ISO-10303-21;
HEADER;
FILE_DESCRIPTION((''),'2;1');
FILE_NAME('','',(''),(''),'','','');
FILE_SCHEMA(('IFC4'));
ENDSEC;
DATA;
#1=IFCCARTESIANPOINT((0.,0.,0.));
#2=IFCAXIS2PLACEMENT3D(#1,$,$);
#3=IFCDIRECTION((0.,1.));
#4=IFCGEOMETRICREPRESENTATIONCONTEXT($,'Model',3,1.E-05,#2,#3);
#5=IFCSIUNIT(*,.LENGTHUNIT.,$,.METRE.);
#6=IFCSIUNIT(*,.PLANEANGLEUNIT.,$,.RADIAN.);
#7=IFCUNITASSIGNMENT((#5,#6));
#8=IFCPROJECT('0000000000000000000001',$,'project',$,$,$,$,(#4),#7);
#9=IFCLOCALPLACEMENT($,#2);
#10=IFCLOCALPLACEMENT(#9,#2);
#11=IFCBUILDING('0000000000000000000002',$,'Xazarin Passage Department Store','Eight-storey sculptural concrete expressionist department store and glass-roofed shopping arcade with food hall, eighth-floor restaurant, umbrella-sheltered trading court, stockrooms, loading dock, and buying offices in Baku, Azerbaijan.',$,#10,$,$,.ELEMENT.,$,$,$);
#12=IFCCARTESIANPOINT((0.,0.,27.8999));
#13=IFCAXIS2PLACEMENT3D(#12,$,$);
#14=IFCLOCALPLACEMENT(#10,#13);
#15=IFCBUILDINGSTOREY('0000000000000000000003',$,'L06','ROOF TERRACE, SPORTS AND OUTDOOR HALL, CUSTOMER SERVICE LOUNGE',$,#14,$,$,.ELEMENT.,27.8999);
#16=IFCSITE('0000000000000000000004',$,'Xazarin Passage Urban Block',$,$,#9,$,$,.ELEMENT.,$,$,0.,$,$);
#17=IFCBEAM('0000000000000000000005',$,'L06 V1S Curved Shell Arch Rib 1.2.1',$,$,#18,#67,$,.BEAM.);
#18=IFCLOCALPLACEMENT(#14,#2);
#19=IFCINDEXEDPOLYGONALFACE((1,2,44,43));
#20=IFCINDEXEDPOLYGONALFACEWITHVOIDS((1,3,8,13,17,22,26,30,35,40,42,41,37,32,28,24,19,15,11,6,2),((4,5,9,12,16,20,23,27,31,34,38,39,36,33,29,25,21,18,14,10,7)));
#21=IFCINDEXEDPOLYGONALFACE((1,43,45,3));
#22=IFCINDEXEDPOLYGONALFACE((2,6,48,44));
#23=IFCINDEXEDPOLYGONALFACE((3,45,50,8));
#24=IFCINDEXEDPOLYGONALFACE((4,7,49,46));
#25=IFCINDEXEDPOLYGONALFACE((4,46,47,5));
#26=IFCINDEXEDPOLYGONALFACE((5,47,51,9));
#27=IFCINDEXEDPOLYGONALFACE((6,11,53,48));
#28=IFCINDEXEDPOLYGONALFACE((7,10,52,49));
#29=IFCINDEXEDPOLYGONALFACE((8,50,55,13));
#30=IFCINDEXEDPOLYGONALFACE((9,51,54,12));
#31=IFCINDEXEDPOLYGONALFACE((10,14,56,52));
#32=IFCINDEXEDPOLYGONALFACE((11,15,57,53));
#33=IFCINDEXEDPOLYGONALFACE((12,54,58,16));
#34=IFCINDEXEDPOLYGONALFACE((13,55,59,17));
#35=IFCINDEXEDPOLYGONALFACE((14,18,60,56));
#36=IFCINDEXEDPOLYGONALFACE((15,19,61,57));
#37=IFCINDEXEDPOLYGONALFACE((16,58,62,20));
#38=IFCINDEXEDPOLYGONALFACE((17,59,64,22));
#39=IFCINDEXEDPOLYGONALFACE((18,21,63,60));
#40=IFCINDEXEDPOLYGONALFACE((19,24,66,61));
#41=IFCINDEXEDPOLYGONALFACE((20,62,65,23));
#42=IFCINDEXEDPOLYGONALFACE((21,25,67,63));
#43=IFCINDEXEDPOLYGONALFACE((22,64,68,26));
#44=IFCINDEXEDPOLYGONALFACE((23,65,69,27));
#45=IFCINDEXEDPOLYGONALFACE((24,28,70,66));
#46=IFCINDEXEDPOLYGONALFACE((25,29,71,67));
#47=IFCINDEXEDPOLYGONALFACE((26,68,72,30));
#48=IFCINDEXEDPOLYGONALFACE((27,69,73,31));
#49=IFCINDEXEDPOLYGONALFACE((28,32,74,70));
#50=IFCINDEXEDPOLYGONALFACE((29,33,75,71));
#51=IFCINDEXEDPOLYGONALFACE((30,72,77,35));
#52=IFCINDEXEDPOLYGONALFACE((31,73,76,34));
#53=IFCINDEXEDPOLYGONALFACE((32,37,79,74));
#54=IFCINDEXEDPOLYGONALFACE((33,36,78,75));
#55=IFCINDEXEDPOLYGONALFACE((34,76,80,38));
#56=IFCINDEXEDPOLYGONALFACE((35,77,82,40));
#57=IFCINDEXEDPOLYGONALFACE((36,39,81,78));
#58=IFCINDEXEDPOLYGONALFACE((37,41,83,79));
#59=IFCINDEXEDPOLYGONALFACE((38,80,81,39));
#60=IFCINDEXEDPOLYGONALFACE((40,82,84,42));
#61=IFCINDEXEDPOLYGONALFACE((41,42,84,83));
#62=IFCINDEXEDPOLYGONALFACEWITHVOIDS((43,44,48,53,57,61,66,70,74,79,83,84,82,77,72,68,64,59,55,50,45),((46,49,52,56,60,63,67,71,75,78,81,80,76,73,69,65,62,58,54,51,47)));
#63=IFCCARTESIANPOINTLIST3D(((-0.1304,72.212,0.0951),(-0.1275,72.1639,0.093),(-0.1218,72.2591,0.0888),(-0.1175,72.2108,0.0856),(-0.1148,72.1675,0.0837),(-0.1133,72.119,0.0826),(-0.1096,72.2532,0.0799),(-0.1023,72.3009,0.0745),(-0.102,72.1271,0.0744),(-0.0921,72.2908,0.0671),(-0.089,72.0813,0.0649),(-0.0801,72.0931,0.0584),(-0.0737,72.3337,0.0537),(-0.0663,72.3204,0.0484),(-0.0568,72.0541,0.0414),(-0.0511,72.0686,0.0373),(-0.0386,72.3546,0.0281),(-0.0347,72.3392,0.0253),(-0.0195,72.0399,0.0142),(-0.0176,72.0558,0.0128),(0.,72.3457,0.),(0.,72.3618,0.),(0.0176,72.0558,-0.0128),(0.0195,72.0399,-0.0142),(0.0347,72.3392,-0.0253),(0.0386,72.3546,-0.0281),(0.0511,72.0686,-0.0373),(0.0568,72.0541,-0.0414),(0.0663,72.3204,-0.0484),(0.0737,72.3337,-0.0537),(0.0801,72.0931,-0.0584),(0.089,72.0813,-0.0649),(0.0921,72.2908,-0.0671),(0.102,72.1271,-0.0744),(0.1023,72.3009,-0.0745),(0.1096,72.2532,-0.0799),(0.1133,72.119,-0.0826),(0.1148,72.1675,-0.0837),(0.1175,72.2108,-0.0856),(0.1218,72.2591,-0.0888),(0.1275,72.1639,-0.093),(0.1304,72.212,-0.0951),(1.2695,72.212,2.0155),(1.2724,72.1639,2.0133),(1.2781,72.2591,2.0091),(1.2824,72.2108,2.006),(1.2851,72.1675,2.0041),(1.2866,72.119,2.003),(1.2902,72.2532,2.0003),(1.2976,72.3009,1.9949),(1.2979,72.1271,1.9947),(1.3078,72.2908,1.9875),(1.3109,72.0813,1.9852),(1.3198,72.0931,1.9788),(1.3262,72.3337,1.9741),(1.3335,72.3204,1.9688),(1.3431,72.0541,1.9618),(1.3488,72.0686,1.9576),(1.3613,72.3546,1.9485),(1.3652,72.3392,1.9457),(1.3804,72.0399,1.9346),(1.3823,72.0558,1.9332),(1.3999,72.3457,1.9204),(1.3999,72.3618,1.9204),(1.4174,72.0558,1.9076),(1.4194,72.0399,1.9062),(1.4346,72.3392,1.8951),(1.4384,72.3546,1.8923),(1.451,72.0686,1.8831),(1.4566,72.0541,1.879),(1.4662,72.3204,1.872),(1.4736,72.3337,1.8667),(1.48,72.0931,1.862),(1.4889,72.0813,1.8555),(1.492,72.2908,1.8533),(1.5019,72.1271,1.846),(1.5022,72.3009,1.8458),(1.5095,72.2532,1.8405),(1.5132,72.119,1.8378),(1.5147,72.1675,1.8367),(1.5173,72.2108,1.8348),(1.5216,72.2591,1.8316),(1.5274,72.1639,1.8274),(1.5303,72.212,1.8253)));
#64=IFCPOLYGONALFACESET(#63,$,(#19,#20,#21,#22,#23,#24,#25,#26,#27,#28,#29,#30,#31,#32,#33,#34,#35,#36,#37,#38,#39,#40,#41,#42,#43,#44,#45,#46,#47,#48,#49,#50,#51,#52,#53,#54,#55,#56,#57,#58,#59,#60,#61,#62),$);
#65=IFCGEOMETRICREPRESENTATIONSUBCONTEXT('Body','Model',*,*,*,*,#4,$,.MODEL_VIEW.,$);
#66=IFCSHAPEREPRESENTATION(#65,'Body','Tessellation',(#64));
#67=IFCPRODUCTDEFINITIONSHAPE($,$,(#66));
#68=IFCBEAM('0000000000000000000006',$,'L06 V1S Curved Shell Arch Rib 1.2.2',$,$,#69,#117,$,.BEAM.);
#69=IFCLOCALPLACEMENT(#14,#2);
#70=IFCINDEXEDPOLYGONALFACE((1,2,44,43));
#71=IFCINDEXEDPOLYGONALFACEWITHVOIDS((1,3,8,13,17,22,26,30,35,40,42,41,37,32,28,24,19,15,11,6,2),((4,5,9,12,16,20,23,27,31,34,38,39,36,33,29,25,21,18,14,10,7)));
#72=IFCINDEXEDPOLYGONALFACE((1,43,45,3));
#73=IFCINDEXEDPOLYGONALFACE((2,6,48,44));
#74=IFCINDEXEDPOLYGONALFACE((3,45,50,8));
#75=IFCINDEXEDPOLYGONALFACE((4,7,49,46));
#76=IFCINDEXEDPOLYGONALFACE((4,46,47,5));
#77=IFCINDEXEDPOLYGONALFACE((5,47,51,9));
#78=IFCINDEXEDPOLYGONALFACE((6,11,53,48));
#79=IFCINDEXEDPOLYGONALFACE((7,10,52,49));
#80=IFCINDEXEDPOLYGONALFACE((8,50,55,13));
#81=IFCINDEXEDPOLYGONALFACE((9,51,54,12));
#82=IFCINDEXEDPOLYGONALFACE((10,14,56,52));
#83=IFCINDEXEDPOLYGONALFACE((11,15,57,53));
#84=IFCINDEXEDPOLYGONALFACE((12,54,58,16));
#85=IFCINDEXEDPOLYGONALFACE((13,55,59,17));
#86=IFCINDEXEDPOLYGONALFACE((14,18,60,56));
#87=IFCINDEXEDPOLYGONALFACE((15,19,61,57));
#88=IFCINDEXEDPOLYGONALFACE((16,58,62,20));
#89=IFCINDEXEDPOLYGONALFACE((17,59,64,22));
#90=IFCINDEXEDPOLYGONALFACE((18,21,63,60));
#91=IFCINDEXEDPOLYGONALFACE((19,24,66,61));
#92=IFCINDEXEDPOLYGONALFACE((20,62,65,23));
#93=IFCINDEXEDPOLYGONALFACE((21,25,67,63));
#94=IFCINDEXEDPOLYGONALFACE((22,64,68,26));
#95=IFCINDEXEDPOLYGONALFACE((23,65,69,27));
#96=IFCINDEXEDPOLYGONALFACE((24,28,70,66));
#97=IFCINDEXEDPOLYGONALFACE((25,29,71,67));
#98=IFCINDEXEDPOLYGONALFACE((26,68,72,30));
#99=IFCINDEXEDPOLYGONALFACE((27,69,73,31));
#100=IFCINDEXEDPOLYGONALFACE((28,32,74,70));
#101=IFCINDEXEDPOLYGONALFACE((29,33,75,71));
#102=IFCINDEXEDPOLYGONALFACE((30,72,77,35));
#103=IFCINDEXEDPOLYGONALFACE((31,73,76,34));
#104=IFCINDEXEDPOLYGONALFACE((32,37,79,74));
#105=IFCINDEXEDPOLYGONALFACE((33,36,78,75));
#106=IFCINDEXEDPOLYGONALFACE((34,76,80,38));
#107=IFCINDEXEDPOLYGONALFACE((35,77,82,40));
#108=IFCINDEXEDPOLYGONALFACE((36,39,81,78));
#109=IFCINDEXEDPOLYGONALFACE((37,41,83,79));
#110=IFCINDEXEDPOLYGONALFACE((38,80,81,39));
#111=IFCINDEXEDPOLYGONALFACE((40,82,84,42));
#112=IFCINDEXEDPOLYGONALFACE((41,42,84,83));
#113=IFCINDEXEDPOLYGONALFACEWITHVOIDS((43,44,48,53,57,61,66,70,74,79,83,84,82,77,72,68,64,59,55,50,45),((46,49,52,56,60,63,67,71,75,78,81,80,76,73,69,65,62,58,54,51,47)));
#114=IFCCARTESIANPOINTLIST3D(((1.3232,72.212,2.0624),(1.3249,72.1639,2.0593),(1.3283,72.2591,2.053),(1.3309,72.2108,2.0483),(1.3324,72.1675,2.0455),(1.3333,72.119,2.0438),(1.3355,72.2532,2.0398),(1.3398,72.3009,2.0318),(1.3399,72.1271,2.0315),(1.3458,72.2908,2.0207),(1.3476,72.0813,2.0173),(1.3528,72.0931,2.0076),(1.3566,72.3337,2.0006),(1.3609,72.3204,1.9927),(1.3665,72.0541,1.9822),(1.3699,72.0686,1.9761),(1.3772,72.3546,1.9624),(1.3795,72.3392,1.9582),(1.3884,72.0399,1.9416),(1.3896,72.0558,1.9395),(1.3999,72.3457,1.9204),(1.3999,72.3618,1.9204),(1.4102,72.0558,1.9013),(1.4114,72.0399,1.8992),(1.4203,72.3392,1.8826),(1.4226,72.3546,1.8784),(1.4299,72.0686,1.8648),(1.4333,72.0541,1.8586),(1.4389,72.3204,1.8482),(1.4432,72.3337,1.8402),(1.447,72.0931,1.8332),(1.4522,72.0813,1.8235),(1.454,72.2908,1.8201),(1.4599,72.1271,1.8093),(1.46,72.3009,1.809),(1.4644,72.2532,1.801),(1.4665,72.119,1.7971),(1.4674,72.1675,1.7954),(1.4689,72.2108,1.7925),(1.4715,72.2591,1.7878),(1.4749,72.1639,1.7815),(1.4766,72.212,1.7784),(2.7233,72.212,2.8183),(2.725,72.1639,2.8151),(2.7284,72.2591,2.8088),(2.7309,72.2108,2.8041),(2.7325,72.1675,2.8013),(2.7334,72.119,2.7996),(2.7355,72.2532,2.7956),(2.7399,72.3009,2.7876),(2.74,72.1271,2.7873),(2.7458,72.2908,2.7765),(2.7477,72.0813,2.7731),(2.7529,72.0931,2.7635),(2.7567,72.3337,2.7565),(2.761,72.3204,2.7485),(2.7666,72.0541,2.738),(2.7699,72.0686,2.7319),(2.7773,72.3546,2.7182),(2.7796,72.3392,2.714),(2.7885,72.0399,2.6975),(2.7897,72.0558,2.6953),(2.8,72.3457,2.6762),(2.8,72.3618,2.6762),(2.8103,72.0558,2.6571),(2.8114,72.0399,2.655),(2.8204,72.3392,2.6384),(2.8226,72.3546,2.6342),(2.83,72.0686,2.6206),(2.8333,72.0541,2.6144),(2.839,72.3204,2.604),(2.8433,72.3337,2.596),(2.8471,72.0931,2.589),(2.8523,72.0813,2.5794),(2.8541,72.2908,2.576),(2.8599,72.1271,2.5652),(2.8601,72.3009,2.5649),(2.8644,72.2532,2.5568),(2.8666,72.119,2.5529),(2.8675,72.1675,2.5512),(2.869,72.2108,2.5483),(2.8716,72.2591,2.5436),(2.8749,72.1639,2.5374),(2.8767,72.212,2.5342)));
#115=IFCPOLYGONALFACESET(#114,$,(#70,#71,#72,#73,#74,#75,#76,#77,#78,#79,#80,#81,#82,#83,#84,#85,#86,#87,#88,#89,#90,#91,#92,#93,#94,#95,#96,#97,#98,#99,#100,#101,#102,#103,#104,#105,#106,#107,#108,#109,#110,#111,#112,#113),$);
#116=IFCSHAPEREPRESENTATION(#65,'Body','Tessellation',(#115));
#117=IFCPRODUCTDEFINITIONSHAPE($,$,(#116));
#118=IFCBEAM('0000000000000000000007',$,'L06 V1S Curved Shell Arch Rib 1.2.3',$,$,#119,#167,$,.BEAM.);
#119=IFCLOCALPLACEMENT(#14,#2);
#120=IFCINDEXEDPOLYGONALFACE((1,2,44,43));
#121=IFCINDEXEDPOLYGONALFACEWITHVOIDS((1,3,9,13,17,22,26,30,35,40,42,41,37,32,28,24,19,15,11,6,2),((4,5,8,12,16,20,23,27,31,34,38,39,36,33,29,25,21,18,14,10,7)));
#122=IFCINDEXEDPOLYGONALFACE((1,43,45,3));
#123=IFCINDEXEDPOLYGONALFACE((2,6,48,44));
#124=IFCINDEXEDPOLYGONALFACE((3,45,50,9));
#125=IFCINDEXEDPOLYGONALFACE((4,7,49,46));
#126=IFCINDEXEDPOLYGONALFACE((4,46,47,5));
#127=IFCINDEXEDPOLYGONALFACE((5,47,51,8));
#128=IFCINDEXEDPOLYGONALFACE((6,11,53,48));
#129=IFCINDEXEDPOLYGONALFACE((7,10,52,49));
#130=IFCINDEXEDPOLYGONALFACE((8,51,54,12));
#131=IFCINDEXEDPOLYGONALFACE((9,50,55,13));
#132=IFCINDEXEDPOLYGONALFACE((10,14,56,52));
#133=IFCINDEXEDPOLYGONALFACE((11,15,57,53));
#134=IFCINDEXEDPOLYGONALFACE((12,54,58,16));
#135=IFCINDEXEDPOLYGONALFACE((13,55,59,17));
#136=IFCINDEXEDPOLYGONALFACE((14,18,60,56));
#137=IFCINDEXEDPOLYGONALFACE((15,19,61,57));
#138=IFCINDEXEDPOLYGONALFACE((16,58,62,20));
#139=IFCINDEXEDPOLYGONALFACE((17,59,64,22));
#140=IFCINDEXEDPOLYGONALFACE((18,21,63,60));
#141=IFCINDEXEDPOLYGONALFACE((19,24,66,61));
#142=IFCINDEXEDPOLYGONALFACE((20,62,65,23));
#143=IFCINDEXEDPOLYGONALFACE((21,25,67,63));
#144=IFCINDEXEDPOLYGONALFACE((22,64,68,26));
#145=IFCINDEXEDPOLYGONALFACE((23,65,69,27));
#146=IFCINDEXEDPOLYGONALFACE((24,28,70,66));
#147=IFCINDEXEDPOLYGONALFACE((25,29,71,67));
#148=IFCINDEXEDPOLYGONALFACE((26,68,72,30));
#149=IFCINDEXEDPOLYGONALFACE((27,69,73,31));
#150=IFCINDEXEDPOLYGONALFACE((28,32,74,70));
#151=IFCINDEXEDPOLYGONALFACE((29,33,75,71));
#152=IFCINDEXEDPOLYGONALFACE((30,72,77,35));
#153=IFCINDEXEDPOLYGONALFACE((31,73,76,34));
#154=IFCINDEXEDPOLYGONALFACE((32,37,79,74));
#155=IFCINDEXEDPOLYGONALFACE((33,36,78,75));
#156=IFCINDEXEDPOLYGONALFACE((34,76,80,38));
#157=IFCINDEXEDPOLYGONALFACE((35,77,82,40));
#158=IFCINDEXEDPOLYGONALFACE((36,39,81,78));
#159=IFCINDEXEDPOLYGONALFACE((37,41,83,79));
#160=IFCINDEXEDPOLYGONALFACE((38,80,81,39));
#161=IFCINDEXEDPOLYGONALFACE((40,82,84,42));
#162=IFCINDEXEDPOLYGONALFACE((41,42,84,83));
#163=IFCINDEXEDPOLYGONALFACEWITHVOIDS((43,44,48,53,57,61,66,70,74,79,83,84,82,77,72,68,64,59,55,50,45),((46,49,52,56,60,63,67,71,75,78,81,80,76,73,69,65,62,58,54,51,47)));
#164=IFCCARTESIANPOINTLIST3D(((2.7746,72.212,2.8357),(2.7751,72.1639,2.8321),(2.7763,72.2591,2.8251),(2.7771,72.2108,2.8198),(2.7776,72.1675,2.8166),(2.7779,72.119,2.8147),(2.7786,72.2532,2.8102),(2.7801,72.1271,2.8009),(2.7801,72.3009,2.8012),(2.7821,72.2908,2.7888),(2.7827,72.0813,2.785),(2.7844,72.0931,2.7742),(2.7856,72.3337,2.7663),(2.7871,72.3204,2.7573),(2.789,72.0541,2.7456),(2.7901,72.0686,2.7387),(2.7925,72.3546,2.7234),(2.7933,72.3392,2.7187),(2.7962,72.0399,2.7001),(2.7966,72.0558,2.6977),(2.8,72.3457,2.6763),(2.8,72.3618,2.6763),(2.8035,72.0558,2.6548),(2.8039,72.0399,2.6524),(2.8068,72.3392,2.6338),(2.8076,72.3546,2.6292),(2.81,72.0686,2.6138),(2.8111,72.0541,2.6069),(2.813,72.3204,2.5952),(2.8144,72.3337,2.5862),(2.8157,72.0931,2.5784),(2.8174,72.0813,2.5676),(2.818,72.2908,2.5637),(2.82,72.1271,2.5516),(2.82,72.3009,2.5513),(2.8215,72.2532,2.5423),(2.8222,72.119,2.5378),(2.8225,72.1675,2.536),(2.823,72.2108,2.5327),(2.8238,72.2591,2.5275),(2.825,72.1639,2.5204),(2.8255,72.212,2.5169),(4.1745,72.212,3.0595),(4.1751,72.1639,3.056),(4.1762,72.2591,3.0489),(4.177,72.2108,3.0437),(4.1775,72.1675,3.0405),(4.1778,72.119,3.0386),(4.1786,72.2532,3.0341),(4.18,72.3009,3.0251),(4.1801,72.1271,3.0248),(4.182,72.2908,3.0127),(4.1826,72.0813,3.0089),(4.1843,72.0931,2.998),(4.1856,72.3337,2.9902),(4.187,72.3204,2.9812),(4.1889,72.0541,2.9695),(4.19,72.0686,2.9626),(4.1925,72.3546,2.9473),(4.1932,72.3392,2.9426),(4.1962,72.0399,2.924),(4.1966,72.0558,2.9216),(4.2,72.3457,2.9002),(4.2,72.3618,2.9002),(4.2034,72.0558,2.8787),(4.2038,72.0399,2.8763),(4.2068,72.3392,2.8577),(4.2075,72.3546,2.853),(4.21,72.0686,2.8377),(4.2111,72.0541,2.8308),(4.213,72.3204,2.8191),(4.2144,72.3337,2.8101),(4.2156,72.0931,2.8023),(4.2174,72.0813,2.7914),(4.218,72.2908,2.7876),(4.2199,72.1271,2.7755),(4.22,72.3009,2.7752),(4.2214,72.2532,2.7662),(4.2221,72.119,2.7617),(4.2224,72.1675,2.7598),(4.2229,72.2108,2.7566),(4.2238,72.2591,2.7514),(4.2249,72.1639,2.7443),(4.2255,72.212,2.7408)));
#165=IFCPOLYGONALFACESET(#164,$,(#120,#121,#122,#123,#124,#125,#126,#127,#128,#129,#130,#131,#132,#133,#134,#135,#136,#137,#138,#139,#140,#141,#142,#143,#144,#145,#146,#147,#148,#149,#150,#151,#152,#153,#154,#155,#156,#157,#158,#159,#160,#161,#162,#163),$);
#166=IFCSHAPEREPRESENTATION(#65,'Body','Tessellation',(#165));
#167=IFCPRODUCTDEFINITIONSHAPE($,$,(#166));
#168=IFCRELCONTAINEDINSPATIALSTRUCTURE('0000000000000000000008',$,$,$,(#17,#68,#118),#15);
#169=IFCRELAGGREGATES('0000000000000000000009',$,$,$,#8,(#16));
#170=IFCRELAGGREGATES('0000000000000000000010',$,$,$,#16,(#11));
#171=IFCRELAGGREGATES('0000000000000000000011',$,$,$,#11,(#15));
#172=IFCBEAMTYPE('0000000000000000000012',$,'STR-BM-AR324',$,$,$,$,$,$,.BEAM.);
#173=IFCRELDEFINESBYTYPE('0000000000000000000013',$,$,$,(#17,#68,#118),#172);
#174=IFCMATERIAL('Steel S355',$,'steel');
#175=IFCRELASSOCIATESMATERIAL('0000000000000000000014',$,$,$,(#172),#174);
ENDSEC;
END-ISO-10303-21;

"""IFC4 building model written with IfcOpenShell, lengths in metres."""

from ifc_helpers import new_model, si_unit, direction, frame, origin, origin_2d, place, context, subcontext, project, spatial, hollow_circle, extrude, material, material_profile, profile_set, type_object, element, save


model = new_model("IFC4")

# Units and contexts
model_context = context("Model", 3, precision=1e-05, world=origin(), true_north=direction((0.0, 1.0)))
body_context = subcontext(model_context, "Body", "Model", "MODEL_VIEW")
ifc_project = project(units=[si_unit("LENGTHUNIT", "METRE"), si_unit("PLANEANGLEUNIT", "RADIAN")], contexts=[model_context])

# Site, building, storey
site_placement = place(None, origin())
site = spatial("IfcSite", under=ifc_project, at=site_placement, Name="Xazarin Passage Urban Block", CompositionType="ELEMENT", RefElevation=0.0)
building_placement = place(site_placement, origin())
building = spatial("IfcBuilding", under=site, at=building_placement, Name="Xazarin Passage Department Store", Description="Eight-storey sculptural concrete expressionist department store and glass-roofed shopping arcade with food hall, eighth-floor restaurant, umbrella-sheltered trading court, stockrooms, loading dock, and buying offices in Baku, Azerbaijan.", CompositionType="ELEMENT")
storey_placement = place(building_placement, frame((0.0, 0.0, 27.8999)))
storey = spatial("IfcBuildingStorey", under=building, at=storey_placement, Name="L06", Description="ROOF TERRACE, SPORTS AND OUTDOOR HALL, CUSTOMER SERVICE LOUNGE", CompositionType="ELEMENT", Elevation=27.8999)

# Beams
ifc_material_1 = material(Name="Steel S355", Category="steel")
ifc_material_profile_1 = material_profile(ifc_material_1, hollow_circle(Radius=0.1619, WallThickness=0.0161, at=origin_2d()), Name="CHS 323.9x16")
ifc_profile_set_1 = profile_set([ifc_material_profile_1], Name="Steel S355")
beam_type_1 = type_object("IfcBeamType", Name="STR-BM-AR324", PredefinedType="BEAM", material=ifc_profile_set_1)
beam_1_placement = place(storey_placement, frame((0.0, 72.2, 0.0), z_axis=(0.589063, 0.0, 0.808087), x_axis=(0.0, 1.0, 0.0)))
element("IfcBeam", 1, at=beam_1_placement, inside=storey, type_object=beam_type_1, Name="L06 V1S Curved Shell Arch Rib 1.2.1", PredefinedType="BEAM", context=body_context, shape_type="SweptSolid", body=[
    extrude(hollow_circle(Radius=0.1619, WallThickness=0.0161, at=origin_2d()), origin(), (0.0, 0.0, 1.0), 2.3765),
])
beam_2_placement = place(storey_placement, frame((1.3999, 72.2, 1.9204), z_axis=(0.879963, 0.0, 0.475042), x_axis=(0.0, 1.0, 0.0)))
element("IfcBeam", 2, at=beam_2_placement, inside=storey, type_object=beam_type_1, Name="L06 V1S Curved Shell Arch Rib 1.2.2", PredefinedType="BEAM", context=body_context, shape_type="SweptSolid", body=[
    extrude(hollow_circle(Radius=0.1619, WallThickness=0.0161, at=origin_2d()), origin(), (0.0, 0.0, 1.0), 1.5911),
])
beam_3_placement = place(storey_placement, frame((2.8, 72.2, 2.6763), z_axis=(0.987452, 0.0, 0.157917), x_axis=(0.0, 1.0, 0.0)))
element("IfcBeam", 3, at=beam_3_placement, inside=storey, type_object=beam_type_1, Name="L06 V1S Curved Shell Arch Rib 1.2.3", PredefinedType="BEAM", context=body_context, shape_type="SweptSolid", body=[
    extrude(hollow_circle(Radius=0.1619, WallThickness=0.0161, at=origin_2d()), origin(), (0.0, 0.0, 1.0), 1.4177),
])

save(model, "model.ifc")
